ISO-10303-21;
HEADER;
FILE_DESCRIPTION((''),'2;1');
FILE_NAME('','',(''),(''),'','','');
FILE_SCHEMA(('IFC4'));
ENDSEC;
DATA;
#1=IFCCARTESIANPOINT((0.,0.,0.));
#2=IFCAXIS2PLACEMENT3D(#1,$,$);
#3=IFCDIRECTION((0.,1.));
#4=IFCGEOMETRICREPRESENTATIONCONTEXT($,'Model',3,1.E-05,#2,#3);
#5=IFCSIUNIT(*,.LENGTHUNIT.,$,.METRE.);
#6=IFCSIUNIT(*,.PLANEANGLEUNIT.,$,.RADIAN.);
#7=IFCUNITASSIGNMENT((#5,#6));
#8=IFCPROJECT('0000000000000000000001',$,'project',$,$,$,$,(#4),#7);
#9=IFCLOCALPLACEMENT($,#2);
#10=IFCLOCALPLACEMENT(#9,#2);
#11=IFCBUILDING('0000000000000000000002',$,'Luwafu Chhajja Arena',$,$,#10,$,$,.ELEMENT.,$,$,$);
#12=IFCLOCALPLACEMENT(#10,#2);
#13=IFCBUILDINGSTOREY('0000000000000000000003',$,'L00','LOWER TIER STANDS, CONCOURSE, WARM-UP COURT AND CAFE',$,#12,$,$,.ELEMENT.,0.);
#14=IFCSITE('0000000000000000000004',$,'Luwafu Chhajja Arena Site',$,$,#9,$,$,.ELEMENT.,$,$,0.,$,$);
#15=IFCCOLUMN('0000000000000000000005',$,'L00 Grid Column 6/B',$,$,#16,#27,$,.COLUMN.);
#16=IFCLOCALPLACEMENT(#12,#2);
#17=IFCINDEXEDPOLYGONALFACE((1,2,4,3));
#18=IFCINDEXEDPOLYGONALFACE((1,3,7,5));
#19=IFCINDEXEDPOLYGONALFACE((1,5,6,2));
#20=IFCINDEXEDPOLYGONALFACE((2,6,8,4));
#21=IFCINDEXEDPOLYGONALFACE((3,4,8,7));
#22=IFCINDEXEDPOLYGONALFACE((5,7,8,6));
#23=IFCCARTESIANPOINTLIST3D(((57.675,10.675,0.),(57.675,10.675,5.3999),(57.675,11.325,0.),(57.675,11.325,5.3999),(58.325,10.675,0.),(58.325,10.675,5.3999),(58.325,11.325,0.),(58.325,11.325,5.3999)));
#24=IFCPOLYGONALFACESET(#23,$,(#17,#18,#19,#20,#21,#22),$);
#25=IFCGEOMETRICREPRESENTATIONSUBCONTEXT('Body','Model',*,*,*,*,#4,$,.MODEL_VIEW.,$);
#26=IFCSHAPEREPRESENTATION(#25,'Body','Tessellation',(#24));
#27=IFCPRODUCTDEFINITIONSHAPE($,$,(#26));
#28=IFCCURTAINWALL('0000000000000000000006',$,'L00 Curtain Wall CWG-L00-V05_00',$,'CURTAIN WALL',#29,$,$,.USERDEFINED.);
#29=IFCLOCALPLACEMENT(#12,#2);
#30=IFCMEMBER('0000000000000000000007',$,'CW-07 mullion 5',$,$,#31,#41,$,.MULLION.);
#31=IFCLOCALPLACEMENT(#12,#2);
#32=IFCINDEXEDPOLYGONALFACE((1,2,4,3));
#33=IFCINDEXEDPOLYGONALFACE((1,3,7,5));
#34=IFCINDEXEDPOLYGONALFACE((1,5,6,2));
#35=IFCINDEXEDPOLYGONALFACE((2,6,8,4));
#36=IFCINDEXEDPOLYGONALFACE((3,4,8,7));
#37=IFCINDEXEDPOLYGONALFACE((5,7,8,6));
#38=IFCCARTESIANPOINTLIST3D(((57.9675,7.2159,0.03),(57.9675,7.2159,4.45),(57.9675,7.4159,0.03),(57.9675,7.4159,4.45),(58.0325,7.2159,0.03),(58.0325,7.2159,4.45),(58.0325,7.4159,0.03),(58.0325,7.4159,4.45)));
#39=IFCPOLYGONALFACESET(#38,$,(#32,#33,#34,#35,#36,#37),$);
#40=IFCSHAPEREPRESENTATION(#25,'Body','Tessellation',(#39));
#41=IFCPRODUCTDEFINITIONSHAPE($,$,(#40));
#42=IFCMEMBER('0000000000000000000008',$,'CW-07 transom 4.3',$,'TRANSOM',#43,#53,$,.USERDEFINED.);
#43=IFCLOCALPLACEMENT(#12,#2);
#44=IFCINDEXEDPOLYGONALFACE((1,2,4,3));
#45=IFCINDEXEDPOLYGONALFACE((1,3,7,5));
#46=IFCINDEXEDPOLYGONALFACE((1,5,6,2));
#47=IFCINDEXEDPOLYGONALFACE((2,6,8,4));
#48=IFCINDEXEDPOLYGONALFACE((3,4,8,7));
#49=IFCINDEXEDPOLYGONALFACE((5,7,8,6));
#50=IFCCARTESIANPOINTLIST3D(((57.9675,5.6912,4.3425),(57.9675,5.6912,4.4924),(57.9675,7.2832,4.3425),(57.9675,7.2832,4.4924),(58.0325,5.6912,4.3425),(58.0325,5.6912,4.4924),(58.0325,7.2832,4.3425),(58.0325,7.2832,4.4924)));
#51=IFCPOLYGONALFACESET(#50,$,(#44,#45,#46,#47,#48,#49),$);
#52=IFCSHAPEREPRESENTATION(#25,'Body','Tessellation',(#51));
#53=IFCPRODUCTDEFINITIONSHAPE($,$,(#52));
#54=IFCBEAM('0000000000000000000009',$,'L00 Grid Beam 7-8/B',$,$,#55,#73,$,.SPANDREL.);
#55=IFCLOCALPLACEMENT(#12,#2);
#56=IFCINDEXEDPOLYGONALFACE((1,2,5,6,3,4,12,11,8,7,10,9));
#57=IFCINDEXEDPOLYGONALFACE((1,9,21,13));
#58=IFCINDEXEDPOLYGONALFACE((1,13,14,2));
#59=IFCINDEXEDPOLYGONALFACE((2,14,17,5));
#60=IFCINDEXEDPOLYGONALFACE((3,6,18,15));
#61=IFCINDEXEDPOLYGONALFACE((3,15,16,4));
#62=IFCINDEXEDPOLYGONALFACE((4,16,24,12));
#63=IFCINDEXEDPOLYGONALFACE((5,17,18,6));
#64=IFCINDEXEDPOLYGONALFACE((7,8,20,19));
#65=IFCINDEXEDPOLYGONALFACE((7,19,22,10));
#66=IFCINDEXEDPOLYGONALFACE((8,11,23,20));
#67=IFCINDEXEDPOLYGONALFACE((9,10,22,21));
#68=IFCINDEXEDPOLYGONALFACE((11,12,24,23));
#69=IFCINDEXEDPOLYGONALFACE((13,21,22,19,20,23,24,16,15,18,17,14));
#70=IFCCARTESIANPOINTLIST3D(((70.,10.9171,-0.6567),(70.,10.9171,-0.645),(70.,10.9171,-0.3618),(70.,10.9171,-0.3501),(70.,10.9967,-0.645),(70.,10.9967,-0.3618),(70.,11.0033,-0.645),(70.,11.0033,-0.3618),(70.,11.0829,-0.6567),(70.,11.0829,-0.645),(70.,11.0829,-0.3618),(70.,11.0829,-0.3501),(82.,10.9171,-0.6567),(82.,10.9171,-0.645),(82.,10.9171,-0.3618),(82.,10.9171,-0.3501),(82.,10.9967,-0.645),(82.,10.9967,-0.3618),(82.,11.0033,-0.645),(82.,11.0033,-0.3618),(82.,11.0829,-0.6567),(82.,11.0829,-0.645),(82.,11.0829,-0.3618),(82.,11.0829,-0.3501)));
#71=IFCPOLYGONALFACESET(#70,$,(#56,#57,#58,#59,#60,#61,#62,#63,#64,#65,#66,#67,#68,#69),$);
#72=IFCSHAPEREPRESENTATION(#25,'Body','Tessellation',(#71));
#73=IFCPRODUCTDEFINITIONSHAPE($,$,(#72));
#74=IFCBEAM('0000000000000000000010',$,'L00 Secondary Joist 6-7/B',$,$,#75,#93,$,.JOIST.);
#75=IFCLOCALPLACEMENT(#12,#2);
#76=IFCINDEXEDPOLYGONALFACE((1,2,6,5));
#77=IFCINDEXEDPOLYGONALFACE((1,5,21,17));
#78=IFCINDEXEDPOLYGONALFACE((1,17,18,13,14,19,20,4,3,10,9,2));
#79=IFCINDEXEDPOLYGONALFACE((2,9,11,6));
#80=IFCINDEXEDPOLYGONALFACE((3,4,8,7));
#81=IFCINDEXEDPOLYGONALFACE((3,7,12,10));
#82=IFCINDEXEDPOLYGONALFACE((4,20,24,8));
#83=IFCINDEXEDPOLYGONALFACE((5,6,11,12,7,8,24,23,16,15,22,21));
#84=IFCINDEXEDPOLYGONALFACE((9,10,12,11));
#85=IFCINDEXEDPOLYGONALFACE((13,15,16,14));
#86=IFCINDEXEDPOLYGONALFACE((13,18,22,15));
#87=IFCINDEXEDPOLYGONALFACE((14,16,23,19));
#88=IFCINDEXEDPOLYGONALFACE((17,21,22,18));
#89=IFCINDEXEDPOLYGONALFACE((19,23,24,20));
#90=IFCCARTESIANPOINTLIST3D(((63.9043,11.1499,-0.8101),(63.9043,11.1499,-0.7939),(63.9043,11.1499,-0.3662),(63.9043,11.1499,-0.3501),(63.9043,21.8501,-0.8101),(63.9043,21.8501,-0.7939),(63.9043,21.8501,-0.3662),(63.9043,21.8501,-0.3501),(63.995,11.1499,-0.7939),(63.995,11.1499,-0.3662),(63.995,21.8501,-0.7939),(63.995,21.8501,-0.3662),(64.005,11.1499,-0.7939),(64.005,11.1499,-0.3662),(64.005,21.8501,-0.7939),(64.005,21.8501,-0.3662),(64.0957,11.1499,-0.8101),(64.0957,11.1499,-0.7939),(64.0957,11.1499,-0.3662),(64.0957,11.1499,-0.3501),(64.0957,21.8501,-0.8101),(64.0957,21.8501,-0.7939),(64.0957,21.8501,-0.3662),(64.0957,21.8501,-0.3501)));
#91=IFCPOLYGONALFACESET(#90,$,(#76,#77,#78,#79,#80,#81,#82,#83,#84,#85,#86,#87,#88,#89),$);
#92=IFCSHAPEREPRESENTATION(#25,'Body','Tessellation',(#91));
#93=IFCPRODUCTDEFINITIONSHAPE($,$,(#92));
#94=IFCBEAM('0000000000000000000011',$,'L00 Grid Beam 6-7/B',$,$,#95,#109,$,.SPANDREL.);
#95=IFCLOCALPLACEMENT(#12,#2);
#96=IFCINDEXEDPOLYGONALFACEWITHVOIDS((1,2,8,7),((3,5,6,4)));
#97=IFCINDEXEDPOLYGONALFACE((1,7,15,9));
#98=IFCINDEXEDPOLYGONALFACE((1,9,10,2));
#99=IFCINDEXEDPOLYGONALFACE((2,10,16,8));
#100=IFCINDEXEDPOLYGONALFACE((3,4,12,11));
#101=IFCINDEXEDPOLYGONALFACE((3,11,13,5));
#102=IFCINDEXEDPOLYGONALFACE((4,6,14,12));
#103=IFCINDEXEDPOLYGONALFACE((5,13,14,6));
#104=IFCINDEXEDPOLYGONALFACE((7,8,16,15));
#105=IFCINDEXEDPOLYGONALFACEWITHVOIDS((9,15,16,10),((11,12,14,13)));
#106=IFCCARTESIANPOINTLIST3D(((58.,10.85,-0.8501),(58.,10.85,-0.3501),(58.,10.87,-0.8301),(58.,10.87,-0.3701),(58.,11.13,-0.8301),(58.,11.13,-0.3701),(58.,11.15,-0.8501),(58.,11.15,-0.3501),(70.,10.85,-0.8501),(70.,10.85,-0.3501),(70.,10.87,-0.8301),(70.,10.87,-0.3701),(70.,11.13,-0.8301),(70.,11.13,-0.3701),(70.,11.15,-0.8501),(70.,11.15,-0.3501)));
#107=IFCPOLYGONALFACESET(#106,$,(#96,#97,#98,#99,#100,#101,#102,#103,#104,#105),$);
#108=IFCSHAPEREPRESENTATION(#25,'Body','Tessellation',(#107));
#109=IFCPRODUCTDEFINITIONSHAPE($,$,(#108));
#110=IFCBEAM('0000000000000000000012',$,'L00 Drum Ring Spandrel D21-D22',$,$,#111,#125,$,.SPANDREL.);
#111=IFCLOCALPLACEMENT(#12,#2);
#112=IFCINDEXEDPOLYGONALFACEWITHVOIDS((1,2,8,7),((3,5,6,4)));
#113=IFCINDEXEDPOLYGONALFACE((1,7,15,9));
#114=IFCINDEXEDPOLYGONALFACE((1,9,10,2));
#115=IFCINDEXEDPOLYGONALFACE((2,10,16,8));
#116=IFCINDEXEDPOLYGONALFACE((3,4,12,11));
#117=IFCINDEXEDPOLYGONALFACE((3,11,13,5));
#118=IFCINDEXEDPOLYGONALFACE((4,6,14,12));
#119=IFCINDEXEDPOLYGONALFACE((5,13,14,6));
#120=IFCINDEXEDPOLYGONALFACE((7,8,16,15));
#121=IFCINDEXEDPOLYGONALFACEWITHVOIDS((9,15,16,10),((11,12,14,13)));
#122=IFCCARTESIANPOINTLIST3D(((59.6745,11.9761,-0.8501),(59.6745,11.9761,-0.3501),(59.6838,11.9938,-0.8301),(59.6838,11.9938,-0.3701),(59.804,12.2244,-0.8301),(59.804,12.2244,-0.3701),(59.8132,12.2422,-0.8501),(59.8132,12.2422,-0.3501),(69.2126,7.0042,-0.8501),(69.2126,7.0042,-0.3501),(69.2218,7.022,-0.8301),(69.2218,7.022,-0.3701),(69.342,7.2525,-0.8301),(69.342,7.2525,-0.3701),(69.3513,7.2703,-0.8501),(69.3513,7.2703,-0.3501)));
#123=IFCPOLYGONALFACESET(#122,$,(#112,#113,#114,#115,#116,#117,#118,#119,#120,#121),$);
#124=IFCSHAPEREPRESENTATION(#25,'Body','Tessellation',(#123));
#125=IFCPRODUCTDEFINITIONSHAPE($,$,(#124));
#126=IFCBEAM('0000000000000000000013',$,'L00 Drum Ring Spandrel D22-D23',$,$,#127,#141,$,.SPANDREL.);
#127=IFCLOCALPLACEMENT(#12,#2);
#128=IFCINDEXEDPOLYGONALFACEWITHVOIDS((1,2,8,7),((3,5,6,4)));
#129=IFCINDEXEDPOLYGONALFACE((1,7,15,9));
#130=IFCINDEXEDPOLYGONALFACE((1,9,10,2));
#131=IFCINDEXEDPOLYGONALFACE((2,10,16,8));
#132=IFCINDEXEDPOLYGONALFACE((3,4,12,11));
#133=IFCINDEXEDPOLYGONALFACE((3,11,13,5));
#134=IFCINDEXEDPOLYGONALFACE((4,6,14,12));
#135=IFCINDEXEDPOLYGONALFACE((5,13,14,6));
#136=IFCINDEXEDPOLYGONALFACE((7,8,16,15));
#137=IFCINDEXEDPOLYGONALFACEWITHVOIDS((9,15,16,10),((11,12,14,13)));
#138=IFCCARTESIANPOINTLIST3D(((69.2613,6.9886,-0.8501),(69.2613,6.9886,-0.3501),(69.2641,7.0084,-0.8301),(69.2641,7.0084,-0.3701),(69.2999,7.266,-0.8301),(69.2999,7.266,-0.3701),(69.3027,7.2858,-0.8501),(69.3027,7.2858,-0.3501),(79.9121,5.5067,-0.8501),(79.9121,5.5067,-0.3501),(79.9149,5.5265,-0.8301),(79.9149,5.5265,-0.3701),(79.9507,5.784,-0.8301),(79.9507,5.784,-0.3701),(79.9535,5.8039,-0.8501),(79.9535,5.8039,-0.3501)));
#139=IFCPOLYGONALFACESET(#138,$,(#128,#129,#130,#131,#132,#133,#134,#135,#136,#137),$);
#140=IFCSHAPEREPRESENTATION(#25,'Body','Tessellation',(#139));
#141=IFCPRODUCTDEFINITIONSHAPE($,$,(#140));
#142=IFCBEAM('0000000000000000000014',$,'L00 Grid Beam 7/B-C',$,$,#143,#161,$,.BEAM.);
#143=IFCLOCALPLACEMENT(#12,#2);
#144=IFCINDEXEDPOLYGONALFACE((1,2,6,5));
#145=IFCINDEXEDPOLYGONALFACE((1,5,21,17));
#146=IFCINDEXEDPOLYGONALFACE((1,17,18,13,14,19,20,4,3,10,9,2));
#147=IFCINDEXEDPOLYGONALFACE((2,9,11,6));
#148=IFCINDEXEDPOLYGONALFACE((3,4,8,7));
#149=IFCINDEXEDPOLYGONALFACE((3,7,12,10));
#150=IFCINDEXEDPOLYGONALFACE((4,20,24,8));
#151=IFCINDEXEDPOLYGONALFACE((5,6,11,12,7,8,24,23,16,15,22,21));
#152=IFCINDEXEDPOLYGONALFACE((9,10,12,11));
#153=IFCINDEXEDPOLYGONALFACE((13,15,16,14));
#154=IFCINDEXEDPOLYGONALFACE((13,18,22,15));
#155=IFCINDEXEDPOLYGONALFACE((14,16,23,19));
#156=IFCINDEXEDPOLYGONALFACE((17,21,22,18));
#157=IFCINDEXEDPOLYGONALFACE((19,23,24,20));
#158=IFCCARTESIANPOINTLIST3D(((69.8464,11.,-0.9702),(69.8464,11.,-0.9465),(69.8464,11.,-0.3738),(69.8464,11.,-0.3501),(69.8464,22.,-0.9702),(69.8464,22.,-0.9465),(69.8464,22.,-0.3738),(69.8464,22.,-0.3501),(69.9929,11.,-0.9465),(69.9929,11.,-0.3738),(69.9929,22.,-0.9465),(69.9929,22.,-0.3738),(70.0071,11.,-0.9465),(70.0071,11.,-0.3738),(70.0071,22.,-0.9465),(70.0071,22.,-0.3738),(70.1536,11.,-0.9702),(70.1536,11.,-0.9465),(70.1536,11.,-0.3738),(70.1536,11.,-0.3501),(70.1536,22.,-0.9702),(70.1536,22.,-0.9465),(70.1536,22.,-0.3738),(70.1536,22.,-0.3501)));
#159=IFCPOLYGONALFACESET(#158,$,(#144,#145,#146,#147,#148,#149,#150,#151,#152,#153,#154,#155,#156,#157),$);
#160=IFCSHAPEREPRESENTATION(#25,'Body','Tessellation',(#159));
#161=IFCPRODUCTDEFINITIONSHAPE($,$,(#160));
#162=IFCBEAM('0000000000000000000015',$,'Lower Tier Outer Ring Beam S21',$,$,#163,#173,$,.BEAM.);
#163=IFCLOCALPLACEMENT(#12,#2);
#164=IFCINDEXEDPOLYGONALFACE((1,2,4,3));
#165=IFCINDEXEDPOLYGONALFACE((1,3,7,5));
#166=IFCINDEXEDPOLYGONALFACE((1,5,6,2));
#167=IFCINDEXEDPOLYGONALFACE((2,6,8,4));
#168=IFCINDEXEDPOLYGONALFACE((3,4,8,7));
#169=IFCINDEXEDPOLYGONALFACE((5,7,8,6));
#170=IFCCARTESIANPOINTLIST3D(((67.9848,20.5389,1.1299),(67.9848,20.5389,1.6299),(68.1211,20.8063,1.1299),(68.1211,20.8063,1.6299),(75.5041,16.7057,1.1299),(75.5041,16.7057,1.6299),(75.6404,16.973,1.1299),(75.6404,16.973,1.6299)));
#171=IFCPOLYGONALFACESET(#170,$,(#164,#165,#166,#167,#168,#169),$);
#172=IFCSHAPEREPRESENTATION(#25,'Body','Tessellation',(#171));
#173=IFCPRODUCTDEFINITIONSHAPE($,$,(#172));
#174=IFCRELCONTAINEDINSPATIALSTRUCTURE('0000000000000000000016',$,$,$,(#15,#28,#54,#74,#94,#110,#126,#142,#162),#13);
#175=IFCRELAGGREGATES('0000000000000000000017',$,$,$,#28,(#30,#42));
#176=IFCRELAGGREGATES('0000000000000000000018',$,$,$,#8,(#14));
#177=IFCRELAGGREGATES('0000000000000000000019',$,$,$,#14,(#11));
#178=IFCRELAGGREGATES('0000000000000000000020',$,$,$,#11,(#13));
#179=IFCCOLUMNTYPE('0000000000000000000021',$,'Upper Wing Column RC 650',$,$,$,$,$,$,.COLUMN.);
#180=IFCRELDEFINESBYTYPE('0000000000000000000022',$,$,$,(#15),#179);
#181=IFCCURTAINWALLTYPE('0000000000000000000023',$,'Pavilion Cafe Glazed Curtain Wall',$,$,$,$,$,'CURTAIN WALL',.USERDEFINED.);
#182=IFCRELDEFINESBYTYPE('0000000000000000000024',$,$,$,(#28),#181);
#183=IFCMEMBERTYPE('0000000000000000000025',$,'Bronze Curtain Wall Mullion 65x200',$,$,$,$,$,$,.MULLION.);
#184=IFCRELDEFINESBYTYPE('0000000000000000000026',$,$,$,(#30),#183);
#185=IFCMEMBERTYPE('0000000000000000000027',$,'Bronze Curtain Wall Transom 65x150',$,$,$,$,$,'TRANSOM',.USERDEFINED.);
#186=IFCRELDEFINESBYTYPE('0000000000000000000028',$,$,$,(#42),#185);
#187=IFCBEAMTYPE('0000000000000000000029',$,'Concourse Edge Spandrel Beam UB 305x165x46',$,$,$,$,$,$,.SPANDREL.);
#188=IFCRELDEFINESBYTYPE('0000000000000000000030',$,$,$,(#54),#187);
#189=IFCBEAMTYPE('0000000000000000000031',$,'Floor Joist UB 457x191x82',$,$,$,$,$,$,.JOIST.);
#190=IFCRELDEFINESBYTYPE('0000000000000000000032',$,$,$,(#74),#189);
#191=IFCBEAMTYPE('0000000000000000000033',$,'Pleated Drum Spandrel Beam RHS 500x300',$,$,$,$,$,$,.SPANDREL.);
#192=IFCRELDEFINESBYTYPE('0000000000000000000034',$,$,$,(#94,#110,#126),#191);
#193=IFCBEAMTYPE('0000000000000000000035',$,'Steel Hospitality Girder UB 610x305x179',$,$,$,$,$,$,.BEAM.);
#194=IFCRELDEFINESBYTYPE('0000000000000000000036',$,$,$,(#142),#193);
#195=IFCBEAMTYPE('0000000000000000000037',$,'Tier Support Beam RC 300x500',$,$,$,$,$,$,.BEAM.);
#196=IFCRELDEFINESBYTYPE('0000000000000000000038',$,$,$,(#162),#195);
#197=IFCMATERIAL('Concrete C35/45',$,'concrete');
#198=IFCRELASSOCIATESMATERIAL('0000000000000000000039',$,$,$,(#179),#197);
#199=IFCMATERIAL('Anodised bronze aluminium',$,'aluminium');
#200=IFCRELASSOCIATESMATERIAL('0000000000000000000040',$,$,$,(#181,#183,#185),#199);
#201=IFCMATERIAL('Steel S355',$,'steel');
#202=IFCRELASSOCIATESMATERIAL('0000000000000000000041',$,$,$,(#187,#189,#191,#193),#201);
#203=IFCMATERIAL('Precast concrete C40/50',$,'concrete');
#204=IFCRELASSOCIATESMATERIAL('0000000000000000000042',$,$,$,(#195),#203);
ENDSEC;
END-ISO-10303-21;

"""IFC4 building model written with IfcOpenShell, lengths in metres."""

from ifc_helpers import new_model, si_unit, direction, frame, origin, origin_2d, place, context, subcontext, project, spatial, rectangle, hollow_rectangle, i_section, extrude, material, material_profile, profile_set, type_object, element, aggregate, save


model = new_model("IFC4")

# Units and contexts
model_context = context("Model", 3, precision=1e-05, world=origin(), true_north=direction((0.0, 1.0)))
body_context = subcontext(model_context, "Body", "Model", "MODEL_VIEW")
ifc_project = project(units=[si_unit("LENGTHUNIT", "METRE"), si_unit("PLANEANGLEUNIT", "RADIAN")], contexts=[model_context])

# Site, building, storey
site_placement = place(None, origin())
site = spatial("IfcSite", under=ifc_project, at=site_placement, Name="Luwafu Chhajja Arena Site", CompositionType="ELEMENT", RefElevation=0.0)
building_placement = place(site_placement, origin())
building = spatial("IfcBuilding", under=site, at=building_placement, Name="Luwafu Chhajja Arena", CompositionType="ELEMENT")
storey_placement = place(building_placement, origin())
storey = spatial("IfcBuildingStorey", under=building, at=storey_placement, Name="L00", Description="LOWER TIER STANDS, CONCOURSE, WARM-UP COURT AND CAFE", CompositionType="ELEMENT", Elevation=0.0)

# Column
ifc_material_1 = material(Name="Concrete C35/45", Category="concrete")
ifc_material_2 = material(Name="Steel S355", Category="steel")
ifc_material_profile_1 = material_profile(ifc_material_1, rectangle(XDim=0.6499, YDim=0.6499, at=origin_2d()), Name="RC 650x650")
ifc_profile_set_1 = profile_set([ifc_material_profile_1], Name="Concrete C35/45")
column_type_1 = type_object("IfcColumnType", Name="Upper Wing Column RC 650", PredefinedType="COLUMN", material=ifc_profile_set_1)
column_1_placement = place(storey_placement, frame((58.0, 11.0, 0.0), z_axis=(0.0, 0.0, 1.0), x_axis=(1.0, 0.0, 0.0)))
element("IfcColumn", 1, at=column_1_placement, inside=storey, type_object=column_type_1, Name="L00 Grid Column 6/B", PredefinedType="COLUMN", context=body_context, shape_type="SweptSolid", body=[
    extrude(rectangle(XDim=0.6499, YDim=0.6499, at=origin_2d()), origin(), (0.0, 0.0, 1.0), 5.3999),
])

# Curtain wall, members
ifc_material_3 = material(Name="Anodised bronze aluminium", Category="aluminium")
curtain_wall_type = type_object("IfcCurtainWallType", Name="Pavilion Cafe Glazed Curtain Wall", ElementType="CURTAIN WALL", PredefinedType="USERDEFINED", material=ifc_material_3)
curtain_wall_placement = place(storey_placement, origin())
curtain_wall = element("IfcCurtainWall", 2, at=curtain_wall_placement, inside=storey, type_object=curtain_wall_type, Name="L00 Curtain Wall CWG-L00-V05_00", ObjectType="CURTAIN WALL", PredefinedType="USERDEFINED")
ifc_material_profile_2 = material_profile(ifc_material_3, rectangle(XDim=0.0649, YDim=0.2, at=origin_2d()), Name="CWM 65x200")
ifc_profile_set_2 = profile_set([ifc_material_profile_2], Name="Anodised bronze aluminium")
member_type_1 = type_object("IfcMemberType", Name="Bronze Curtain Wall Mullion 65x200", PredefinedType="MULLION", material=ifc_profile_set_2)
member_1_placement = place(storey_placement, frame((58.0, 7.3159, 0.03), z_axis=(0.0, 0.0, 1.0), x_axis=(-1.0, 0.0, 0.0)))
member_1 = element("IfcMember", 3, at=member_1_placement, type_object=member_type_1, Name="CW-07 mullion 5", PredefinedType="MULLION", context=body_context, shape_type="SweptSolid", body=[
    extrude(rectangle(XDim=0.0649, YDim=0.2, at=origin_2d()), origin(), (0.0, 0.0, 1.0), 4.4199),
])
ifc_material_profile_3 = material_profile(ifc_material_3, rectangle(XDim=0.0649, YDim=0.1499, at=origin_2d()), Name="CWT 65x150")
ifc_profile_set_3 = profile_set([ifc_material_profile_3], Name="Anodised bronze aluminium")
member_type_2 = type_object("IfcMemberType", Name="Bronze Curtain Wall Transom 65x150", ElementType="TRANSOM", PredefinedType="USERDEFINED", material=ifc_profile_set_3)
member_2_placement = place(storey_placement, frame((58.0, 5.6912, 4.4175), z_axis=(0.0, 1.0, 0.0), x_axis=(-1.0, 0.0, 0.0)))
member_2 = element("IfcMember", 4, at=member_2_placement, type_object=member_type_2, Name="CW-07 transom 4.3", ObjectType="TRANSOM", PredefinedType="USERDEFINED", context=body_context, shape_type="SweptSolid", body=[
    extrude(rectangle(XDim=0.0649, YDim=0.1499, at=origin_2d()), origin(), (0.0, 0.0, 1.0), 1.592),
])

# Beams
ifc_material_profile_4 = material_profile(ifc_material_2, i_section(OverallWidth=0.1658, OverallDepth=0.3066, WebThickness=0.0066, FlangeThickness=0.0117, at=origin_2d()), Name="UB 305x165x46")
ifc_profile_set_4 = profile_set([ifc_material_profile_4], Name="Steel S355")
beam_type_1 = type_object("IfcBeamType", Name="Concourse Edge Spandrel Beam UB 305x165x46", PredefinedType="SPANDREL", material=ifc_profile_set_4)
beam_1_placement = place(storey_placement, frame((70.0, 11.0, -0.5034), z_axis=(1.0, 0.0, 0.0), x_axis=(0.0, 1.0, 0.0)))
element("IfcBeam", 5, at=beam_1_placement, inside=storey, type_object=beam_type_1, Name="L00 Grid Beam 7-8/B", PredefinedType="SPANDREL", context=body_context, shape_type="SweptSolid", body=[
    extrude(i_section(OverallWidth=0.1658, OverallDepth=0.3066, WebThickness=0.0066, FlangeThickness=0.0117, at=origin_2d()), origin(), (0.0, 0.0, 1.0), 12.0),
])
ifc_material_profile_5 = material_profile(ifc_material_2, i_section(OverallWidth=0.1914, OverallDepth=0.46, WebThickness=0.01, FlangeThickness=0.0161, at=origin_2d()), Name="UB 457x191x82")
ifc_profile_set_5 = profile_set([ifc_material_profile_5], Name="Steel S355")
beam_type_2 = type_object("IfcBeamType", Name="Floor Joist UB 457x191x82", PredefinedType="JOIST", material=ifc_profile_set_5)
beam_2_placement = place(storey_placement, frame((64.0, 11.1499, -0.5801), z_axis=(0.0, 1.0, 0.0), x_axis=(-1.0, 0.0, 0.0)))
element("IfcBeam", 6, at=beam_2_placement, inside=storey, type_object=beam_type_2, Name="L00 Secondary Joist 6-7/B", PredefinedType="JOIST", context=body_context, shape_type="SweptSolid", body=[
    extrude(i_section(OverallWidth=0.1914, OverallDepth=0.46, WebThickness=0.01, FlangeThickness=0.0161, at=origin_2d()), origin(), (0.0, 0.0, 1.0), 10.7002),
])
ifc_material_profile_6 = material_profile(ifc_material_2, hollow_rectangle(XDim=0.3, YDim=0.5, WallThickness=0.02, at=origin_2d()), Name="RHS 500x300x20")
ifc_profile_set_6 = profile_set([ifc_material_profile_6], Name="Steel S355")
beam_type_3 = type_object("IfcBeamType", Name="Pleated Drum Spandrel Beam RHS 500x300", PredefinedType="SPANDREL", material=ifc_profile_set_6)
beam_3_placement = place(storey_placement, frame((58.0, 11.0, -0.6001), z_axis=(1.0, 0.0, 0.0), x_axis=(0.0, 1.0, 0.0)))
element("IfcBeam", 7, at=beam_3_placement, inside=storey, type_object=beam_type_3, Name="L00 Grid Beam 6-7/B", PredefinedType="SPANDREL", context=body_context, shape_type="SweptSolid", body=[
    extrude(hollow_rectangle(XDim=0.3, YDim=0.5, WallThickness=0.02, at=origin_2d()), origin(), (0.0, 0.0, 1.0), 12.0),
])
beam_4_placement = place(storey_placement, frame((59.7439, 12.1091, -0.6001), z_axis=(0.886755, -0.462239, 0.0), x_axis=(0.462239, 0.886755, 0.0)))
element("IfcBeam", 8, at=beam_4_placement, inside=storey, type_object=beam_type_3, Name="L00 Drum Ring Spandrel D21-D22", PredefinedType="SPANDREL", context=body_context, shape_type="SweptSolid", body=[
    extrude(hollow_rectangle(XDim=0.3, YDim=0.5, WallThickness=0.02, at=origin_2d()), origin(), (0.0, 0.0, 1.0), 10.7561),
])
beam_5_placement = place(storey_placement, frame((69.282, 7.1372, -0.6001), z_axis=(0.990459, -0.13781, 0.0), x_axis=(0.13781, 0.990459, 0.0)))
element("IfcBeam", 9, at=beam_5_placement, inside=storey, type_object=beam_type_3, Name="L00 Drum Ring Spandrel D22-D23", PredefinedType="SPANDREL", context=body_context, shape_type="SweptSolid", body=[
    extrude(hollow_rectangle(XDim=0.3, YDim=0.5, WallThickness=0.02, at=origin_2d()), origin(), (0.0, 0.0, 1.0), 10.7534),
])
ifc_material_profile_7 = material_profile(ifc_material_2, i_section(OverallWidth=0.3071, OverallDepth=0.6201, WebThickness=0.0142, FlangeThickness=0.0237, at=origin_2d()), Name="UB 610x305x179")
ifc_profile_set_7 = profile_set([ifc_material_profile_7], Name="Steel S355")
beam_type_4 = type_object("IfcBeamType", Name="Steel Hospitality Girder UB 610x305x179", PredefinedType="BEAM", material=ifc_profile_set_7)
beam_6_placement = place(storey_placement, frame((70.0, 11.0, -0.6602), z_axis=(0.0, 1.0, 0.0), x_axis=(-1.0, 0.0, 0.0)))
element("IfcBeam", 10, at=beam_6_placement, inside=storey, type_object=beam_type_4, Name="L00 Grid Beam 7/B-C", PredefinedType="BEAM", context=body_context, shape_type="SweptSolid", body=[
    extrude(i_section(OverallWidth=0.3071, OverallDepth=0.6201, WebThickness=0.0142, FlangeThickness=0.0237, at=origin_2d()), origin(), (0.0, 0.0, 1.0), 11.0),
])
ifc_material_4 = material(Name="Precast concrete C40/50", Category="concrete")
ifc_material_profile_8 = material_profile(ifc_material_4, rectangle(XDim=0.3, YDim=0.5, at=origin_2d()), Name="RC 300x500")
ifc_profile_set_8 = profile_set([ifc_material_profile_8], Name="Precast concrete C40/50")
beam_type_5 = type_object("IfcBeamType", Name="Tier Support Beam RC 300x500", PredefinedType="BEAM", material=ifc_profile_set_8)
beam_7_placement = place(storey_placement, frame((68.053, 20.6726, 1.3799), z_axis=(0.890911, -0.454177, 0.0), x_axis=(0.454177, 0.890911, 0.0)))
element("IfcBeam", 11, at=beam_7_placement, inside=storey, type_object=beam_type_5, Name="Lower Tier Outer Ring Beam S21", PredefinedType="BEAM", context=body_context, shape_type="SweptSolid", body=[
    extrude(rectangle(XDim=0.3, YDim=0.5, at=origin_2d()), origin(), (0.0, 0.0, 1.0), 8.4399),
])

aggregate(curtain_wall, [member_1, member_2])

save(model, "model.ifc")
